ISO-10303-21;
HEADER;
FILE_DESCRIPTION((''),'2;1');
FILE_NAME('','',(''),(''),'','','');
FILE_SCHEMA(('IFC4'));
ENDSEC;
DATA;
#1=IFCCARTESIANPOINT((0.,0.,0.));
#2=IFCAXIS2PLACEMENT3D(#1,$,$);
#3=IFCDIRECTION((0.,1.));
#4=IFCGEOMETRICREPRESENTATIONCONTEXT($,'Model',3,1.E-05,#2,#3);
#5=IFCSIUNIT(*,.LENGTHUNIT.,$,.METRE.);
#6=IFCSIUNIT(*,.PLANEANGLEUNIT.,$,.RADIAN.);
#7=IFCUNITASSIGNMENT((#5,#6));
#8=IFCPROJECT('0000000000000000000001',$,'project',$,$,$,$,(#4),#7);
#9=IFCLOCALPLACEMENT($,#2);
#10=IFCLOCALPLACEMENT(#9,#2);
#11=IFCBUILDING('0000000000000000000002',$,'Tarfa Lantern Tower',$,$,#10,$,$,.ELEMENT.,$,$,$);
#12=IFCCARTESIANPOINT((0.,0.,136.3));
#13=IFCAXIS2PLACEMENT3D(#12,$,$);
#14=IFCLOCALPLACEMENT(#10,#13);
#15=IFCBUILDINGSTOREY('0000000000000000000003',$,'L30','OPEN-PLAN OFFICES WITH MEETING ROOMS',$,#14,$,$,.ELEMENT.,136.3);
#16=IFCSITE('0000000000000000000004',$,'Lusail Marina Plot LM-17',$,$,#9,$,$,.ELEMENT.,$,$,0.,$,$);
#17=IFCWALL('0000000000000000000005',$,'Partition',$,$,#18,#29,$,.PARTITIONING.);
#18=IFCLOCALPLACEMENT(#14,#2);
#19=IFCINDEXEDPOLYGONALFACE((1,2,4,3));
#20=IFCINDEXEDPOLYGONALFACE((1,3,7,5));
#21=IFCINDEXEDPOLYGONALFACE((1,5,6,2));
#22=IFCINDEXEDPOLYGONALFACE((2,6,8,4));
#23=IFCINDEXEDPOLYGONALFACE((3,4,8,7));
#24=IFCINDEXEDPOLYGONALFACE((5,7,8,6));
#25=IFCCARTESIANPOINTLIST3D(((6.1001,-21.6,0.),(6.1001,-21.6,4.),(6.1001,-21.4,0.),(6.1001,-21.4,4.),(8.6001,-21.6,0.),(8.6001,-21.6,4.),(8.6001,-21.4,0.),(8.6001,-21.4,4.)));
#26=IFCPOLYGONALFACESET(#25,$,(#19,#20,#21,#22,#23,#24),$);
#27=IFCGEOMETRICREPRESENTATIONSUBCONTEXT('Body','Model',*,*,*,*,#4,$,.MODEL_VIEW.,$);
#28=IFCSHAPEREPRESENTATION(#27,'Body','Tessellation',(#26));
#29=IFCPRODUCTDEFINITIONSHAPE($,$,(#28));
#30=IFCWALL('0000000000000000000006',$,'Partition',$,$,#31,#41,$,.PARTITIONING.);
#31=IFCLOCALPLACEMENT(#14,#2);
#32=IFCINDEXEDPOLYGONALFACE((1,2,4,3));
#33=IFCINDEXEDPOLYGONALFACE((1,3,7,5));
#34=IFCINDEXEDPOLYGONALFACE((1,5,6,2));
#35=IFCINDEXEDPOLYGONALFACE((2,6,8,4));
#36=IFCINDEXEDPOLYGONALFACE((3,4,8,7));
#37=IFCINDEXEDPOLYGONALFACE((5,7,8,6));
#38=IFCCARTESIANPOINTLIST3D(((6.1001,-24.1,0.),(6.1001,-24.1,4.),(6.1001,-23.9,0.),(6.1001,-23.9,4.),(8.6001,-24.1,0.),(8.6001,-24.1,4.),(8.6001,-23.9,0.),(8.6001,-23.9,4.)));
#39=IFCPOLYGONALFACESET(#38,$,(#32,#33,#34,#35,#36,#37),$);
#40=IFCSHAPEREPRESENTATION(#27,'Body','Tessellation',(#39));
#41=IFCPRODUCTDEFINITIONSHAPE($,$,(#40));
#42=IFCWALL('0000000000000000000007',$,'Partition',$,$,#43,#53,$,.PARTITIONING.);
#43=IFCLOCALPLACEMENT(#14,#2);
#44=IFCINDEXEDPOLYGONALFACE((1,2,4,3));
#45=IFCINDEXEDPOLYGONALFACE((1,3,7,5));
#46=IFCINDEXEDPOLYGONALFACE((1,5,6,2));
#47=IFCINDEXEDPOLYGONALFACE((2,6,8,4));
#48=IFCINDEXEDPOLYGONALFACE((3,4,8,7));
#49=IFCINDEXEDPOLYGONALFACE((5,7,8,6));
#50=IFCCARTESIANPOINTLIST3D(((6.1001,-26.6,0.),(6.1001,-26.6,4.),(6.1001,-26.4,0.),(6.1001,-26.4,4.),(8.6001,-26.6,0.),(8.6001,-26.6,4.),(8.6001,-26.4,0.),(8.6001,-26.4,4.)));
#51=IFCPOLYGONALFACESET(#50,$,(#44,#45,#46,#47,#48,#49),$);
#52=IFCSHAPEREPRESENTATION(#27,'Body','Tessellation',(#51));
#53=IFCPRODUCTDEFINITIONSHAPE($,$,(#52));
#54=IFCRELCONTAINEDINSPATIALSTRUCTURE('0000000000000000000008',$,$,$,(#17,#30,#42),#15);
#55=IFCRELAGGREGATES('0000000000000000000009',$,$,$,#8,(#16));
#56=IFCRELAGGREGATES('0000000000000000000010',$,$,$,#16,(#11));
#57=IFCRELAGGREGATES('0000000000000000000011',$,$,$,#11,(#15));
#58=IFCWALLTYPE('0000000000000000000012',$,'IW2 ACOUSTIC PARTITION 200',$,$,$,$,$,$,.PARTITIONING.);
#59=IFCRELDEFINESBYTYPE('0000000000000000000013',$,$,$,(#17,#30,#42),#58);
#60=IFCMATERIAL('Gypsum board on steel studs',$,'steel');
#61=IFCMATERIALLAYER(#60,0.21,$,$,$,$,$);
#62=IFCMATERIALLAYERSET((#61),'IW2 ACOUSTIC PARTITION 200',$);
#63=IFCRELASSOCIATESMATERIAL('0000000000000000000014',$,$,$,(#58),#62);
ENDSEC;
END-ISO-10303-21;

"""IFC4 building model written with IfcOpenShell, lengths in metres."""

from ifc_helpers import new_model, si_unit, direction, frame, frame_2d, origin, place, context, subcontext, project, spatial, rectangle, extrude, material, layer, layer_set, type_object, element, save


model = new_model("IFC4")

# Units and contexts
model_context = context("Model", 3, precision=1e-05, world=origin(), true_north=direction((0.0, 1.0)))
body_context = subcontext(model_context, "Body", "Model", "MODEL_VIEW")
ifc_project = project(units=[si_unit("LENGTHUNIT", "METRE"), si_unit("PLANEANGLEUNIT", "RADIAN")], contexts=[model_context])

# Site, building, storey
site_placement = place(None, origin())
site = spatial("IfcSite", under=ifc_project, at=site_placement, Name="Lusail Marina Plot LM-17", CompositionType="ELEMENT", RefElevation=0.0)
building_placement = place(site_placement, origin())
building = spatial("IfcBuilding", under=site, at=building_placement, Name="Tarfa Lantern Tower", CompositionType="ELEMENT")
storey_placement = place(building_placement, frame((0.0, 0.0, 136.3)))
storey = spatial("IfcBuildingStorey", under=building, at=storey_placement, Name="L30", Description="OPEN-PLAN OFFICES WITH MEETING ROOMS", CompositionType="ELEMENT", Elevation=136.3)

# Walls
ifc_material_1 = material(Name="Gypsum board on steel studs", Category="steel")
ifc_layer_1 = layer(ifc_material_1, 0.21)
ifc_layer_set_1 = layer_set([ifc_layer_1], Name="IW2 ACOUSTIC PARTITION 200")
wall_type_1 = type_object("IfcWallType", Name="IW2 ACOUSTIC PARTITION 200", PredefinedType="PARTITIONING", material=ifc_layer_set_1)
for number, where, z_axis, x_axis, name in (
    (1, (8.6001, -21.5, 0.0), (0.0, 0.0, 1.0), (-1.0, 0.0, 0.0), "Partition"),
    (2, (8.6001, -24.0, 0.0), (0.0, 0.0, 1.0), (-1.0, 0.0, 0.0), "Partition"),
    (3, (8.6001, -26.5, 0.0), (0.0, 0.0, 1.0), (-1.0, 0.0, 0.0), "Partition"),
):
    element("IfcWall", number, at=place(storey_placement, frame(where, z_axis=z_axis, x_axis=x_axis)), inside=storey, type_object=wall_type_1, Name=name, PredefinedType="PARTITIONING", context=body_context, shape_type="SweptSolid", body=[
        extrude(rectangle(XDim=2.5, YDim=0.2, at=frame_2d((1.25, 0.0))), origin(), (0.0, 0.0, 1.0), 4.0),
    ])

save(model, "model.ifc")
